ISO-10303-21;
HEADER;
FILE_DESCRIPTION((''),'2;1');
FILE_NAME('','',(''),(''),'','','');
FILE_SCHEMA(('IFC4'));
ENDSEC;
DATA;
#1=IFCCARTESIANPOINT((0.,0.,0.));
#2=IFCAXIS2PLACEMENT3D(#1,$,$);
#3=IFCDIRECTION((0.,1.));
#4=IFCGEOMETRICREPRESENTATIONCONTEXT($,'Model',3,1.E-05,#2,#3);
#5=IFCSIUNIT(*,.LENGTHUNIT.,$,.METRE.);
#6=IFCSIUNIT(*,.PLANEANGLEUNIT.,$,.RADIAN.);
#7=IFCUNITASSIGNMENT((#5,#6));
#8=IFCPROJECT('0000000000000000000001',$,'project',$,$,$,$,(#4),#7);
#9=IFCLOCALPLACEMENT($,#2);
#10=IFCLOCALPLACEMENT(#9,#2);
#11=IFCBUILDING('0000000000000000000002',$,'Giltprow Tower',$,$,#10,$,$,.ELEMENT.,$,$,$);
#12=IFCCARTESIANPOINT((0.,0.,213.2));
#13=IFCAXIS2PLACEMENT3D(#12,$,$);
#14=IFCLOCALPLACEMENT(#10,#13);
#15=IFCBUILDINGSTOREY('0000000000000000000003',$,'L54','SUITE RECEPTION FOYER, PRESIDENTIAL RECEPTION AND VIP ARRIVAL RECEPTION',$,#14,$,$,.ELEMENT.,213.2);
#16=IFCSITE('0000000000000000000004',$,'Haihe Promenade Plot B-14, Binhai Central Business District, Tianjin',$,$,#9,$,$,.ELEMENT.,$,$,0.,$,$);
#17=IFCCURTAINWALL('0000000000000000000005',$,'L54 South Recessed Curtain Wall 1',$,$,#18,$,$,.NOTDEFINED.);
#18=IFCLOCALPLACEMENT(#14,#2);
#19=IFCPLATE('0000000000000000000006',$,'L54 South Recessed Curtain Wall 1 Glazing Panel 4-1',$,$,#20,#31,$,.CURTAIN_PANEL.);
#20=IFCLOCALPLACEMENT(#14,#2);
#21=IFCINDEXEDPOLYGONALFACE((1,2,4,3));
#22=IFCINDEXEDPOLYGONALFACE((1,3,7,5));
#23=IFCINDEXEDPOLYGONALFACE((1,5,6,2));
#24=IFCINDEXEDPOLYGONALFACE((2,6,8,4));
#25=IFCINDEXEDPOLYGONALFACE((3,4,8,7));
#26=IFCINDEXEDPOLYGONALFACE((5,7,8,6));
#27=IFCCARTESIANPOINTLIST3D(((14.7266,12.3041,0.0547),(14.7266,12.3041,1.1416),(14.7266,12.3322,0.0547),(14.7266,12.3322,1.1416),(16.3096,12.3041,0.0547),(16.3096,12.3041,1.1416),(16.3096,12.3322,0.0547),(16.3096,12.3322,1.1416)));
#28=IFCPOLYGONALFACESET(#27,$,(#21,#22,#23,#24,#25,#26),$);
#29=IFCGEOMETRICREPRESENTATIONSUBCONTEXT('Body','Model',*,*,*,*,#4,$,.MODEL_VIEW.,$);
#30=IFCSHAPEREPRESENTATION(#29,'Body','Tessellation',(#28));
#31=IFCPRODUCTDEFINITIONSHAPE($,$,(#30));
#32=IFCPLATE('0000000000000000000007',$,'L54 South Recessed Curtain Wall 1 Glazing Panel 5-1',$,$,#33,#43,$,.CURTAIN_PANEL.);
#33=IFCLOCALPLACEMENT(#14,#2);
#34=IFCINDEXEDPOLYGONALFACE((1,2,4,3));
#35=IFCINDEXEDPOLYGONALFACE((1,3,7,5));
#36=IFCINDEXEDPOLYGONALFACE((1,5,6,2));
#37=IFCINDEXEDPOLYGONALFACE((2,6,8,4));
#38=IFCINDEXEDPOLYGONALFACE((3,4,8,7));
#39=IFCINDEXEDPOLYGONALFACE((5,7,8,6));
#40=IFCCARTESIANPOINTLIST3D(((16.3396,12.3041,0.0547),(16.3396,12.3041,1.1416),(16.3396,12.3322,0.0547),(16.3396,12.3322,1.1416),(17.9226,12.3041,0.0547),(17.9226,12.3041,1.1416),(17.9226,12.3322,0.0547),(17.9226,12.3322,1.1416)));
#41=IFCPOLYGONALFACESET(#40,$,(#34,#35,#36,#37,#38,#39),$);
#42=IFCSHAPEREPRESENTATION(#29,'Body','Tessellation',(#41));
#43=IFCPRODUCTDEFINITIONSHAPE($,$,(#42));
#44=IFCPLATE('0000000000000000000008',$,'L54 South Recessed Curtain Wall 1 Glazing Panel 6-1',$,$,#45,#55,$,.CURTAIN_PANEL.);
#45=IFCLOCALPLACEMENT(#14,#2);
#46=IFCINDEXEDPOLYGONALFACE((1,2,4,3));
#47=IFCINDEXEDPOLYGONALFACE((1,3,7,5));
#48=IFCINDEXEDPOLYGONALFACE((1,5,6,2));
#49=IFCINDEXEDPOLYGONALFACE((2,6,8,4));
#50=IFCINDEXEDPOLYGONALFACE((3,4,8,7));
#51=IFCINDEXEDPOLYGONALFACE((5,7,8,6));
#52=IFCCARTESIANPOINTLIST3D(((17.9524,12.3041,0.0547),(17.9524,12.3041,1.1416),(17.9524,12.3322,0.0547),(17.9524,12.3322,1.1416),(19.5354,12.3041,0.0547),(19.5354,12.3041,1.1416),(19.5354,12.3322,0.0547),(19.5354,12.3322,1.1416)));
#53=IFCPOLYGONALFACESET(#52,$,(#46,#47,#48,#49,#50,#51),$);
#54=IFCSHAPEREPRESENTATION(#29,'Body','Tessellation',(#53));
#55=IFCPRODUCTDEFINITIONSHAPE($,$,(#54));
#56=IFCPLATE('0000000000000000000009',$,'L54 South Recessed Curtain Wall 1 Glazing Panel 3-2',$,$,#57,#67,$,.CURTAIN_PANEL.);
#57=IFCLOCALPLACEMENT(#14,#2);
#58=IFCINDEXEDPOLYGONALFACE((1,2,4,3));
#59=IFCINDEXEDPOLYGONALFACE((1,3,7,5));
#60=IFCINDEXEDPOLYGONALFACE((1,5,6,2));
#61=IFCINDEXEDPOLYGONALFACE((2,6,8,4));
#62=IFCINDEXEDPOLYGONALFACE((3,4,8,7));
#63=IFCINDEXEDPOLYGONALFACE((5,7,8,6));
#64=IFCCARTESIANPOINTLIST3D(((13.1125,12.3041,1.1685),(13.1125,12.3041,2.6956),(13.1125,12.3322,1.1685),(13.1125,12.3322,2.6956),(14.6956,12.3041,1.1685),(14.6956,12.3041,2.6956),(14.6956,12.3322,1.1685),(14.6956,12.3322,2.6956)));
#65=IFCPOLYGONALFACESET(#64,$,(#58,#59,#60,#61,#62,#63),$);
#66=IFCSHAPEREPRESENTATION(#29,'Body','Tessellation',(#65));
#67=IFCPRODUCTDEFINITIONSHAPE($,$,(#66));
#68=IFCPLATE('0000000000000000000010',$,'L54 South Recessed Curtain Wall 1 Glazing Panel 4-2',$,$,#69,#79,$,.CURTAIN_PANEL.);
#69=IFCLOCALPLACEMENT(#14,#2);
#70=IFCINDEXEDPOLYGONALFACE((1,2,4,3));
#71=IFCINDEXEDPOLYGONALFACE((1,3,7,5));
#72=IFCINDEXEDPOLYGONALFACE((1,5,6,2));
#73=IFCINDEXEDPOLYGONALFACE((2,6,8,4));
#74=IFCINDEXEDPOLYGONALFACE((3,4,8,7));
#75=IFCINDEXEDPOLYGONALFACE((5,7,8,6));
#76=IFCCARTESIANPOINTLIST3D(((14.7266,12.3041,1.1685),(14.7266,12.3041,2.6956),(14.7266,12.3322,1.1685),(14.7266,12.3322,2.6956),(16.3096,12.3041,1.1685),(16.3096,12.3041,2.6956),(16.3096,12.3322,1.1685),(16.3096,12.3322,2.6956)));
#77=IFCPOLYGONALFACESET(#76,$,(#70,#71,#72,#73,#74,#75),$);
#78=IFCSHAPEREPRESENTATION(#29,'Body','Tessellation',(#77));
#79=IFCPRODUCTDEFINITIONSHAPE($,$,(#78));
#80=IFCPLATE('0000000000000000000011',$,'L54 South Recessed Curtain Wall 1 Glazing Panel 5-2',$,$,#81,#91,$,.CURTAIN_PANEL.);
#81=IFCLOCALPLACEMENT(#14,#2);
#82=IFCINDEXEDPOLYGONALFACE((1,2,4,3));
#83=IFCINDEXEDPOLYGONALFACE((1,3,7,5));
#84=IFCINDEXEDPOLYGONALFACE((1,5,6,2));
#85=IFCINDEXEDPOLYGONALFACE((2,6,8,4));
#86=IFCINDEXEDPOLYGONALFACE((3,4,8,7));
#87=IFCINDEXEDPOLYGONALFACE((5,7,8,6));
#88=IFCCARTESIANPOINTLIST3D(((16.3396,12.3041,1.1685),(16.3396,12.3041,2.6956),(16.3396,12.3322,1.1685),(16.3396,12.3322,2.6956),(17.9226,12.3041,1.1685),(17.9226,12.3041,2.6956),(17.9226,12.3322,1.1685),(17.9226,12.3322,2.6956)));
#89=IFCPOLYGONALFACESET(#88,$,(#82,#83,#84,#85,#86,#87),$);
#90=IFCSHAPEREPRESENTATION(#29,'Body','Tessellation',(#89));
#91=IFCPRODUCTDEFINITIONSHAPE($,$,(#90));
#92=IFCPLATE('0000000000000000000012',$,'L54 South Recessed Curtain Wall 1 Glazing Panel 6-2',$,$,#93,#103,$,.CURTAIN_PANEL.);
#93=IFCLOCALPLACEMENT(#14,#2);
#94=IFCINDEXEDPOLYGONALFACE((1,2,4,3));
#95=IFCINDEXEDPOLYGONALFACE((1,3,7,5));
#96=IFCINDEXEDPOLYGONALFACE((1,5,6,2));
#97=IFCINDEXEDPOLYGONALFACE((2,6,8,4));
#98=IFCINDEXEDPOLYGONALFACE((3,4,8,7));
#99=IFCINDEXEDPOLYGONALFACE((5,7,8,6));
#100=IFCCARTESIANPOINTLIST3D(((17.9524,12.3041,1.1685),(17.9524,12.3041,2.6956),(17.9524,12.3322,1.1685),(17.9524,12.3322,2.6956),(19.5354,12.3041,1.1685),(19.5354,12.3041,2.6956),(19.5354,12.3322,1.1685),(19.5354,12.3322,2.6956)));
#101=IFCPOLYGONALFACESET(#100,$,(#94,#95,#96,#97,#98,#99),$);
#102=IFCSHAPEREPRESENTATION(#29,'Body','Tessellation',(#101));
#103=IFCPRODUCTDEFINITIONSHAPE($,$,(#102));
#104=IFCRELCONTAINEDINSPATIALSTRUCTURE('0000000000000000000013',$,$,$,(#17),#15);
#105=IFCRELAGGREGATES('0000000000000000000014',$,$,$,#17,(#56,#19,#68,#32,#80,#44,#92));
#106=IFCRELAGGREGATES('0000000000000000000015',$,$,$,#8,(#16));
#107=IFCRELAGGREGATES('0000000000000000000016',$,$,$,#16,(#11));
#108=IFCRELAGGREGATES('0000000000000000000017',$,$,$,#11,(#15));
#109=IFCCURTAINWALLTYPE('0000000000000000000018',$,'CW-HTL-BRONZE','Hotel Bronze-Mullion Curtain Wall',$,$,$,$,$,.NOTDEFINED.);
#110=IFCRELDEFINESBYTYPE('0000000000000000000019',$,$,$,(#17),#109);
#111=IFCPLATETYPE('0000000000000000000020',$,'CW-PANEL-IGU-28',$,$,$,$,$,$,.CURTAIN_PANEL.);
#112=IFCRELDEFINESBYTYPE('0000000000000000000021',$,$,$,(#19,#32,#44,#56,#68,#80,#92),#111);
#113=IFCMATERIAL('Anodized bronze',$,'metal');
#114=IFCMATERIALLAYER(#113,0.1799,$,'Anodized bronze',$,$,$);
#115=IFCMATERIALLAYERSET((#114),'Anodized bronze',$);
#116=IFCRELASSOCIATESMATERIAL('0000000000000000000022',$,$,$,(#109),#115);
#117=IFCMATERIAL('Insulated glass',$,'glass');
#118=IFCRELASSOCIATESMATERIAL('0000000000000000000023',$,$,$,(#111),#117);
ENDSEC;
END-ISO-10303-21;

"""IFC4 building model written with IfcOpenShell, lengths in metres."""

from ifc_helpers import new_model, si_unit, direction, frame, origin, origin_2d, place, context, subcontext, project, spatial, rectangle, extrude, source, transform, mapped, material, layer, layer_set, type_object, element, aggregate, save


model = new_model("IFC4")

# Units and contexts
model_context = context("Model", 3, precision=1e-05, world=origin(), true_north=direction((0.0, 1.0)))
body_context = subcontext(model_context, "Body", "Model", "MODEL_VIEW")
ifc_project = project(units=[si_unit("LENGTHUNIT", "METRE"), si_unit("PLANEANGLEUNIT", "RADIAN")], contexts=[model_context])

# Site, building, storey
site_placement = place(None, origin())
site = spatial("IfcSite", under=ifc_project, at=site_placement, Name="Haihe Promenade Plot B-14, Binhai Central Business District, Tianjin", CompositionType="ELEMENT", RefElevation=0.0)
building_placement = place(site_placement, origin())
building = spatial("IfcBuilding", under=site, at=building_placement, Name="Giltprow Tower", CompositionType="ELEMENT")
storey_placement = place(building_placement, frame((0.0, 0.0, 213.2)))
storey = spatial("IfcBuildingStorey", under=building, at=storey_placement, Name="L54", Description="SUITE RECEPTION FOYER, PRESIDENTIAL RECEPTION AND VIP ARRIVAL RECEPTION", CompositionType="ELEMENT", Elevation=213.2)

# Curtain wall, plates
ifc_material_1 = material(Name="Anodized bronze", Category="metal")
ifc_layer = layer(ifc_material_1, 0.1799, Name="Anodized bronze")
ifc_layer_set = layer_set([ifc_layer], Name="Anodized bronze")
curtain_wall_type = type_object("IfcCurtainWallType", Name="CW-HTL-BRONZE", Description="Hotel Bronze-Mullion Curtain Wall", PredefinedType="NOTDEFINED", material=ifc_layer_set)
curtain_wall_placement = place(storey_placement, origin())
curtain_wall = element("IfcCurtainWall", 1, at=curtain_wall_placement, inside=storey, type_object=curtain_wall_type, Name="L54 South Recessed Curtain Wall 1", PredefinedType="NOTDEFINED")
ifc_material_2 = material(Name="Insulated glass", Category="glass")
plate_type = type_object("IfcPlateType", Name="CW-PANEL-IGU-28", PredefinedType="CURTAIN_PANEL", material=ifc_material_2)
shared_shape_1 = source(origin(), body_context, "Body", "SweptSolid", [
    extrude(rectangle(XDim=1.583, YDim=0.0281, at=origin_2d()), origin(), (0.0, 0.0, 1.0), 1.0869),
])
plate_1_placement = place(storey_placement, frame((15.5181, 12.3181, 0.0547), z_axis=(0.0, 0.0, 1.0), x_axis=(1.0, 0.0, 0.0)))
plate_1 = element("IfcPlate", 2, at=plate_1_placement, type_object=plate_type, Name="L54 South Recessed Curtain Wall 1 Glazing Panel 4-1", PredefinedType="CURTAIN_PANEL", context=body_context, shape_type="MappedRepresentation", body=[
    mapped(shared_shape_1, transform((0.0, 0.0, 0.0), x_axis=(1.0, 0.0, 0.0), y_axis=(0.0, 1.0, 0.0), z_axis=(0.0, 0.0, 1.0), scale=1.0)),
])
plate_2_placement = place(storey_placement, frame((17.1311, 12.3181, 0.0547), z_axis=(0.0, 0.0, 1.0), x_axis=(1.0, 0.0, 0.0)))
plate_2 = element("IfcPlate", 3, at=plate_2_placement, type_object=plate_type, Name="L54 South Recessed Curtain Wall 1 Glazing Panel 5-1", PredefinedType="CURTAIN_PANEL", context=body_context, shape_type="MappedRepresentation", body=[
    mapped(shared_shape_1, transform((0.0, 0.0, 0.0), x_axis=(1.0, 0.0, 0.0), y_axis=(0.0, 1.0, 0.0), z_axis=(0.0, 0.0, 1.0), scale=1.0)),
])
plate_3_placement = place(storey_placement, frame((18.7439, 12.3181, 0.0547), z_axis=(0.0, 0.0, 1.0), x_axis=(1.0, 0.0, 0.0)))
plate_3 = element("IfcPlate", 4, at=plate_3_placement, type_object=plate_type, Name="L54 South Recessed Curtain Wall 1 Glazing Panel 6-1", PredefinedType="CURTAIN_PANEL", context=body_context, shape_type="MappedRepresentation", body=[
    mapped(shared_shape_1, transform((0.0, 0.0, 0.0), x_axis=(1.0, 0.0, 0.0), y_axis=(0.0, 1.0, 0.0), z_axis=(0.0, 0.0, 1.0), scale=1.0)),
])
shared_shape_2 = source(origin(), body_context, "Body", "SweptSolid", [
    extrude(rectangle(XDim=1.583, YDim=0.0281, at=origin_2d()), origin(), (0.0, 0.0, 1.0), 1.5271),
])
plate_4_placement = place(storey_placement, frame((13.9041, 12.3181, 1.1685), z_axis=(0.0, 0.0, 1.0), x_axis=(1.0, 0.0, 0.0)))
plate_4 = element("IfcPlate", 5, at=plate_4_placement, type_object=plate_type, Name="L54 South Recessed Curtain Wall 1 Glazing Panel 3-2", PredefinedType="CURTAIN_PANEL", context=body_context, shape_type="MappedRepresentation", body=[
    mapped(shared_shape_2, transform((0.0, 0.0, 0.0), x_axis=(1.0, 0.0, 0.0), y_axis=(0.0, 1.0, 0.0), z_axis=(0.0, 0.0, 1.0), scale=1.0)),
])
plate_5_placement = place(storey_placement, frame((15.5181, 12.3181, 1.1685), z_axis=(0.0, 0.0, 1.0), x_axis=(1.0, 0.0, 0.0)))
plate_5 = element("IfcPlate", 6, at=plate_5_placement, type_object=plate_type, Name="L54 South Recessed Curtain Wall 1 Glazing Panel 4-2", PredefinedType="CURTAIN_PANEL", context=body_context, shape_type="MappedRepresentation", body=[
    mapped(shared_shape_2, transform((0.0, 0.0, 0.0), x_axis=(1.0, 0.0, 0.0), y_axis=(0.0, 1.0, 0.0), z_axis=(0.0, 0.0, 1.0), scale=1.0)),
])
plate_6_placement = place(storey_placement, frame((17.1311, 12.3181, 1.1685), z_axis=(0.0, 0.0, 1.0), x_axis=(1.0, 0.0, 0.0)))
plate_6 = element("IfcPlate", 7, at=plate_6_placement, type_object=plate_type, Name="L54 South Recessed Curtain Wall 1 Glazing Panel 5-2", PredefinedType="CURTAIN_PANEL", context=body_context, shape_type="MappedRepresentation", body=[
    mapped(shared_shape_2, transform((0.0, 0.0, 0.0), x_axis=(1.0, 0.0, 0.0), y_axis=(0.0, 1.0, 0.0), z_axis=(0.0, 0.0, 1.0), scale=1.0)),
])
plate_7_placement = place(storey_placement, frame((18.7439, 12.3181, 1.1685), z_axis=(0.0, 0.0, 1.0), x_axis=(1.0, 0.0, 0.0)))
plate_7 = element("IfcPlate", 8, at=plate_7_placement, type_object=plate_type, Name="L54 South Recessed Curtain Wall 1 Glazing Panel 6-2", PredefinedType="CURTAIN_PANEL", context=body_context, shape_type="MappedRepresentation", body=[
    mapped(shared_shape_2, transform((0.0, 0.0, 0.0), x_axis=(1.0, 0.0, 0.0), y_axis=(0.0, 1.0, 0.0), z_axis=(0.0, 0.0, 1.0), scale=1.0)),
])
aggregate(curtain_wall, [plate_4, plate_1, plate_5, plate_2, plate_6, plate_3, plate_7])

save(model, "model.ifc")
